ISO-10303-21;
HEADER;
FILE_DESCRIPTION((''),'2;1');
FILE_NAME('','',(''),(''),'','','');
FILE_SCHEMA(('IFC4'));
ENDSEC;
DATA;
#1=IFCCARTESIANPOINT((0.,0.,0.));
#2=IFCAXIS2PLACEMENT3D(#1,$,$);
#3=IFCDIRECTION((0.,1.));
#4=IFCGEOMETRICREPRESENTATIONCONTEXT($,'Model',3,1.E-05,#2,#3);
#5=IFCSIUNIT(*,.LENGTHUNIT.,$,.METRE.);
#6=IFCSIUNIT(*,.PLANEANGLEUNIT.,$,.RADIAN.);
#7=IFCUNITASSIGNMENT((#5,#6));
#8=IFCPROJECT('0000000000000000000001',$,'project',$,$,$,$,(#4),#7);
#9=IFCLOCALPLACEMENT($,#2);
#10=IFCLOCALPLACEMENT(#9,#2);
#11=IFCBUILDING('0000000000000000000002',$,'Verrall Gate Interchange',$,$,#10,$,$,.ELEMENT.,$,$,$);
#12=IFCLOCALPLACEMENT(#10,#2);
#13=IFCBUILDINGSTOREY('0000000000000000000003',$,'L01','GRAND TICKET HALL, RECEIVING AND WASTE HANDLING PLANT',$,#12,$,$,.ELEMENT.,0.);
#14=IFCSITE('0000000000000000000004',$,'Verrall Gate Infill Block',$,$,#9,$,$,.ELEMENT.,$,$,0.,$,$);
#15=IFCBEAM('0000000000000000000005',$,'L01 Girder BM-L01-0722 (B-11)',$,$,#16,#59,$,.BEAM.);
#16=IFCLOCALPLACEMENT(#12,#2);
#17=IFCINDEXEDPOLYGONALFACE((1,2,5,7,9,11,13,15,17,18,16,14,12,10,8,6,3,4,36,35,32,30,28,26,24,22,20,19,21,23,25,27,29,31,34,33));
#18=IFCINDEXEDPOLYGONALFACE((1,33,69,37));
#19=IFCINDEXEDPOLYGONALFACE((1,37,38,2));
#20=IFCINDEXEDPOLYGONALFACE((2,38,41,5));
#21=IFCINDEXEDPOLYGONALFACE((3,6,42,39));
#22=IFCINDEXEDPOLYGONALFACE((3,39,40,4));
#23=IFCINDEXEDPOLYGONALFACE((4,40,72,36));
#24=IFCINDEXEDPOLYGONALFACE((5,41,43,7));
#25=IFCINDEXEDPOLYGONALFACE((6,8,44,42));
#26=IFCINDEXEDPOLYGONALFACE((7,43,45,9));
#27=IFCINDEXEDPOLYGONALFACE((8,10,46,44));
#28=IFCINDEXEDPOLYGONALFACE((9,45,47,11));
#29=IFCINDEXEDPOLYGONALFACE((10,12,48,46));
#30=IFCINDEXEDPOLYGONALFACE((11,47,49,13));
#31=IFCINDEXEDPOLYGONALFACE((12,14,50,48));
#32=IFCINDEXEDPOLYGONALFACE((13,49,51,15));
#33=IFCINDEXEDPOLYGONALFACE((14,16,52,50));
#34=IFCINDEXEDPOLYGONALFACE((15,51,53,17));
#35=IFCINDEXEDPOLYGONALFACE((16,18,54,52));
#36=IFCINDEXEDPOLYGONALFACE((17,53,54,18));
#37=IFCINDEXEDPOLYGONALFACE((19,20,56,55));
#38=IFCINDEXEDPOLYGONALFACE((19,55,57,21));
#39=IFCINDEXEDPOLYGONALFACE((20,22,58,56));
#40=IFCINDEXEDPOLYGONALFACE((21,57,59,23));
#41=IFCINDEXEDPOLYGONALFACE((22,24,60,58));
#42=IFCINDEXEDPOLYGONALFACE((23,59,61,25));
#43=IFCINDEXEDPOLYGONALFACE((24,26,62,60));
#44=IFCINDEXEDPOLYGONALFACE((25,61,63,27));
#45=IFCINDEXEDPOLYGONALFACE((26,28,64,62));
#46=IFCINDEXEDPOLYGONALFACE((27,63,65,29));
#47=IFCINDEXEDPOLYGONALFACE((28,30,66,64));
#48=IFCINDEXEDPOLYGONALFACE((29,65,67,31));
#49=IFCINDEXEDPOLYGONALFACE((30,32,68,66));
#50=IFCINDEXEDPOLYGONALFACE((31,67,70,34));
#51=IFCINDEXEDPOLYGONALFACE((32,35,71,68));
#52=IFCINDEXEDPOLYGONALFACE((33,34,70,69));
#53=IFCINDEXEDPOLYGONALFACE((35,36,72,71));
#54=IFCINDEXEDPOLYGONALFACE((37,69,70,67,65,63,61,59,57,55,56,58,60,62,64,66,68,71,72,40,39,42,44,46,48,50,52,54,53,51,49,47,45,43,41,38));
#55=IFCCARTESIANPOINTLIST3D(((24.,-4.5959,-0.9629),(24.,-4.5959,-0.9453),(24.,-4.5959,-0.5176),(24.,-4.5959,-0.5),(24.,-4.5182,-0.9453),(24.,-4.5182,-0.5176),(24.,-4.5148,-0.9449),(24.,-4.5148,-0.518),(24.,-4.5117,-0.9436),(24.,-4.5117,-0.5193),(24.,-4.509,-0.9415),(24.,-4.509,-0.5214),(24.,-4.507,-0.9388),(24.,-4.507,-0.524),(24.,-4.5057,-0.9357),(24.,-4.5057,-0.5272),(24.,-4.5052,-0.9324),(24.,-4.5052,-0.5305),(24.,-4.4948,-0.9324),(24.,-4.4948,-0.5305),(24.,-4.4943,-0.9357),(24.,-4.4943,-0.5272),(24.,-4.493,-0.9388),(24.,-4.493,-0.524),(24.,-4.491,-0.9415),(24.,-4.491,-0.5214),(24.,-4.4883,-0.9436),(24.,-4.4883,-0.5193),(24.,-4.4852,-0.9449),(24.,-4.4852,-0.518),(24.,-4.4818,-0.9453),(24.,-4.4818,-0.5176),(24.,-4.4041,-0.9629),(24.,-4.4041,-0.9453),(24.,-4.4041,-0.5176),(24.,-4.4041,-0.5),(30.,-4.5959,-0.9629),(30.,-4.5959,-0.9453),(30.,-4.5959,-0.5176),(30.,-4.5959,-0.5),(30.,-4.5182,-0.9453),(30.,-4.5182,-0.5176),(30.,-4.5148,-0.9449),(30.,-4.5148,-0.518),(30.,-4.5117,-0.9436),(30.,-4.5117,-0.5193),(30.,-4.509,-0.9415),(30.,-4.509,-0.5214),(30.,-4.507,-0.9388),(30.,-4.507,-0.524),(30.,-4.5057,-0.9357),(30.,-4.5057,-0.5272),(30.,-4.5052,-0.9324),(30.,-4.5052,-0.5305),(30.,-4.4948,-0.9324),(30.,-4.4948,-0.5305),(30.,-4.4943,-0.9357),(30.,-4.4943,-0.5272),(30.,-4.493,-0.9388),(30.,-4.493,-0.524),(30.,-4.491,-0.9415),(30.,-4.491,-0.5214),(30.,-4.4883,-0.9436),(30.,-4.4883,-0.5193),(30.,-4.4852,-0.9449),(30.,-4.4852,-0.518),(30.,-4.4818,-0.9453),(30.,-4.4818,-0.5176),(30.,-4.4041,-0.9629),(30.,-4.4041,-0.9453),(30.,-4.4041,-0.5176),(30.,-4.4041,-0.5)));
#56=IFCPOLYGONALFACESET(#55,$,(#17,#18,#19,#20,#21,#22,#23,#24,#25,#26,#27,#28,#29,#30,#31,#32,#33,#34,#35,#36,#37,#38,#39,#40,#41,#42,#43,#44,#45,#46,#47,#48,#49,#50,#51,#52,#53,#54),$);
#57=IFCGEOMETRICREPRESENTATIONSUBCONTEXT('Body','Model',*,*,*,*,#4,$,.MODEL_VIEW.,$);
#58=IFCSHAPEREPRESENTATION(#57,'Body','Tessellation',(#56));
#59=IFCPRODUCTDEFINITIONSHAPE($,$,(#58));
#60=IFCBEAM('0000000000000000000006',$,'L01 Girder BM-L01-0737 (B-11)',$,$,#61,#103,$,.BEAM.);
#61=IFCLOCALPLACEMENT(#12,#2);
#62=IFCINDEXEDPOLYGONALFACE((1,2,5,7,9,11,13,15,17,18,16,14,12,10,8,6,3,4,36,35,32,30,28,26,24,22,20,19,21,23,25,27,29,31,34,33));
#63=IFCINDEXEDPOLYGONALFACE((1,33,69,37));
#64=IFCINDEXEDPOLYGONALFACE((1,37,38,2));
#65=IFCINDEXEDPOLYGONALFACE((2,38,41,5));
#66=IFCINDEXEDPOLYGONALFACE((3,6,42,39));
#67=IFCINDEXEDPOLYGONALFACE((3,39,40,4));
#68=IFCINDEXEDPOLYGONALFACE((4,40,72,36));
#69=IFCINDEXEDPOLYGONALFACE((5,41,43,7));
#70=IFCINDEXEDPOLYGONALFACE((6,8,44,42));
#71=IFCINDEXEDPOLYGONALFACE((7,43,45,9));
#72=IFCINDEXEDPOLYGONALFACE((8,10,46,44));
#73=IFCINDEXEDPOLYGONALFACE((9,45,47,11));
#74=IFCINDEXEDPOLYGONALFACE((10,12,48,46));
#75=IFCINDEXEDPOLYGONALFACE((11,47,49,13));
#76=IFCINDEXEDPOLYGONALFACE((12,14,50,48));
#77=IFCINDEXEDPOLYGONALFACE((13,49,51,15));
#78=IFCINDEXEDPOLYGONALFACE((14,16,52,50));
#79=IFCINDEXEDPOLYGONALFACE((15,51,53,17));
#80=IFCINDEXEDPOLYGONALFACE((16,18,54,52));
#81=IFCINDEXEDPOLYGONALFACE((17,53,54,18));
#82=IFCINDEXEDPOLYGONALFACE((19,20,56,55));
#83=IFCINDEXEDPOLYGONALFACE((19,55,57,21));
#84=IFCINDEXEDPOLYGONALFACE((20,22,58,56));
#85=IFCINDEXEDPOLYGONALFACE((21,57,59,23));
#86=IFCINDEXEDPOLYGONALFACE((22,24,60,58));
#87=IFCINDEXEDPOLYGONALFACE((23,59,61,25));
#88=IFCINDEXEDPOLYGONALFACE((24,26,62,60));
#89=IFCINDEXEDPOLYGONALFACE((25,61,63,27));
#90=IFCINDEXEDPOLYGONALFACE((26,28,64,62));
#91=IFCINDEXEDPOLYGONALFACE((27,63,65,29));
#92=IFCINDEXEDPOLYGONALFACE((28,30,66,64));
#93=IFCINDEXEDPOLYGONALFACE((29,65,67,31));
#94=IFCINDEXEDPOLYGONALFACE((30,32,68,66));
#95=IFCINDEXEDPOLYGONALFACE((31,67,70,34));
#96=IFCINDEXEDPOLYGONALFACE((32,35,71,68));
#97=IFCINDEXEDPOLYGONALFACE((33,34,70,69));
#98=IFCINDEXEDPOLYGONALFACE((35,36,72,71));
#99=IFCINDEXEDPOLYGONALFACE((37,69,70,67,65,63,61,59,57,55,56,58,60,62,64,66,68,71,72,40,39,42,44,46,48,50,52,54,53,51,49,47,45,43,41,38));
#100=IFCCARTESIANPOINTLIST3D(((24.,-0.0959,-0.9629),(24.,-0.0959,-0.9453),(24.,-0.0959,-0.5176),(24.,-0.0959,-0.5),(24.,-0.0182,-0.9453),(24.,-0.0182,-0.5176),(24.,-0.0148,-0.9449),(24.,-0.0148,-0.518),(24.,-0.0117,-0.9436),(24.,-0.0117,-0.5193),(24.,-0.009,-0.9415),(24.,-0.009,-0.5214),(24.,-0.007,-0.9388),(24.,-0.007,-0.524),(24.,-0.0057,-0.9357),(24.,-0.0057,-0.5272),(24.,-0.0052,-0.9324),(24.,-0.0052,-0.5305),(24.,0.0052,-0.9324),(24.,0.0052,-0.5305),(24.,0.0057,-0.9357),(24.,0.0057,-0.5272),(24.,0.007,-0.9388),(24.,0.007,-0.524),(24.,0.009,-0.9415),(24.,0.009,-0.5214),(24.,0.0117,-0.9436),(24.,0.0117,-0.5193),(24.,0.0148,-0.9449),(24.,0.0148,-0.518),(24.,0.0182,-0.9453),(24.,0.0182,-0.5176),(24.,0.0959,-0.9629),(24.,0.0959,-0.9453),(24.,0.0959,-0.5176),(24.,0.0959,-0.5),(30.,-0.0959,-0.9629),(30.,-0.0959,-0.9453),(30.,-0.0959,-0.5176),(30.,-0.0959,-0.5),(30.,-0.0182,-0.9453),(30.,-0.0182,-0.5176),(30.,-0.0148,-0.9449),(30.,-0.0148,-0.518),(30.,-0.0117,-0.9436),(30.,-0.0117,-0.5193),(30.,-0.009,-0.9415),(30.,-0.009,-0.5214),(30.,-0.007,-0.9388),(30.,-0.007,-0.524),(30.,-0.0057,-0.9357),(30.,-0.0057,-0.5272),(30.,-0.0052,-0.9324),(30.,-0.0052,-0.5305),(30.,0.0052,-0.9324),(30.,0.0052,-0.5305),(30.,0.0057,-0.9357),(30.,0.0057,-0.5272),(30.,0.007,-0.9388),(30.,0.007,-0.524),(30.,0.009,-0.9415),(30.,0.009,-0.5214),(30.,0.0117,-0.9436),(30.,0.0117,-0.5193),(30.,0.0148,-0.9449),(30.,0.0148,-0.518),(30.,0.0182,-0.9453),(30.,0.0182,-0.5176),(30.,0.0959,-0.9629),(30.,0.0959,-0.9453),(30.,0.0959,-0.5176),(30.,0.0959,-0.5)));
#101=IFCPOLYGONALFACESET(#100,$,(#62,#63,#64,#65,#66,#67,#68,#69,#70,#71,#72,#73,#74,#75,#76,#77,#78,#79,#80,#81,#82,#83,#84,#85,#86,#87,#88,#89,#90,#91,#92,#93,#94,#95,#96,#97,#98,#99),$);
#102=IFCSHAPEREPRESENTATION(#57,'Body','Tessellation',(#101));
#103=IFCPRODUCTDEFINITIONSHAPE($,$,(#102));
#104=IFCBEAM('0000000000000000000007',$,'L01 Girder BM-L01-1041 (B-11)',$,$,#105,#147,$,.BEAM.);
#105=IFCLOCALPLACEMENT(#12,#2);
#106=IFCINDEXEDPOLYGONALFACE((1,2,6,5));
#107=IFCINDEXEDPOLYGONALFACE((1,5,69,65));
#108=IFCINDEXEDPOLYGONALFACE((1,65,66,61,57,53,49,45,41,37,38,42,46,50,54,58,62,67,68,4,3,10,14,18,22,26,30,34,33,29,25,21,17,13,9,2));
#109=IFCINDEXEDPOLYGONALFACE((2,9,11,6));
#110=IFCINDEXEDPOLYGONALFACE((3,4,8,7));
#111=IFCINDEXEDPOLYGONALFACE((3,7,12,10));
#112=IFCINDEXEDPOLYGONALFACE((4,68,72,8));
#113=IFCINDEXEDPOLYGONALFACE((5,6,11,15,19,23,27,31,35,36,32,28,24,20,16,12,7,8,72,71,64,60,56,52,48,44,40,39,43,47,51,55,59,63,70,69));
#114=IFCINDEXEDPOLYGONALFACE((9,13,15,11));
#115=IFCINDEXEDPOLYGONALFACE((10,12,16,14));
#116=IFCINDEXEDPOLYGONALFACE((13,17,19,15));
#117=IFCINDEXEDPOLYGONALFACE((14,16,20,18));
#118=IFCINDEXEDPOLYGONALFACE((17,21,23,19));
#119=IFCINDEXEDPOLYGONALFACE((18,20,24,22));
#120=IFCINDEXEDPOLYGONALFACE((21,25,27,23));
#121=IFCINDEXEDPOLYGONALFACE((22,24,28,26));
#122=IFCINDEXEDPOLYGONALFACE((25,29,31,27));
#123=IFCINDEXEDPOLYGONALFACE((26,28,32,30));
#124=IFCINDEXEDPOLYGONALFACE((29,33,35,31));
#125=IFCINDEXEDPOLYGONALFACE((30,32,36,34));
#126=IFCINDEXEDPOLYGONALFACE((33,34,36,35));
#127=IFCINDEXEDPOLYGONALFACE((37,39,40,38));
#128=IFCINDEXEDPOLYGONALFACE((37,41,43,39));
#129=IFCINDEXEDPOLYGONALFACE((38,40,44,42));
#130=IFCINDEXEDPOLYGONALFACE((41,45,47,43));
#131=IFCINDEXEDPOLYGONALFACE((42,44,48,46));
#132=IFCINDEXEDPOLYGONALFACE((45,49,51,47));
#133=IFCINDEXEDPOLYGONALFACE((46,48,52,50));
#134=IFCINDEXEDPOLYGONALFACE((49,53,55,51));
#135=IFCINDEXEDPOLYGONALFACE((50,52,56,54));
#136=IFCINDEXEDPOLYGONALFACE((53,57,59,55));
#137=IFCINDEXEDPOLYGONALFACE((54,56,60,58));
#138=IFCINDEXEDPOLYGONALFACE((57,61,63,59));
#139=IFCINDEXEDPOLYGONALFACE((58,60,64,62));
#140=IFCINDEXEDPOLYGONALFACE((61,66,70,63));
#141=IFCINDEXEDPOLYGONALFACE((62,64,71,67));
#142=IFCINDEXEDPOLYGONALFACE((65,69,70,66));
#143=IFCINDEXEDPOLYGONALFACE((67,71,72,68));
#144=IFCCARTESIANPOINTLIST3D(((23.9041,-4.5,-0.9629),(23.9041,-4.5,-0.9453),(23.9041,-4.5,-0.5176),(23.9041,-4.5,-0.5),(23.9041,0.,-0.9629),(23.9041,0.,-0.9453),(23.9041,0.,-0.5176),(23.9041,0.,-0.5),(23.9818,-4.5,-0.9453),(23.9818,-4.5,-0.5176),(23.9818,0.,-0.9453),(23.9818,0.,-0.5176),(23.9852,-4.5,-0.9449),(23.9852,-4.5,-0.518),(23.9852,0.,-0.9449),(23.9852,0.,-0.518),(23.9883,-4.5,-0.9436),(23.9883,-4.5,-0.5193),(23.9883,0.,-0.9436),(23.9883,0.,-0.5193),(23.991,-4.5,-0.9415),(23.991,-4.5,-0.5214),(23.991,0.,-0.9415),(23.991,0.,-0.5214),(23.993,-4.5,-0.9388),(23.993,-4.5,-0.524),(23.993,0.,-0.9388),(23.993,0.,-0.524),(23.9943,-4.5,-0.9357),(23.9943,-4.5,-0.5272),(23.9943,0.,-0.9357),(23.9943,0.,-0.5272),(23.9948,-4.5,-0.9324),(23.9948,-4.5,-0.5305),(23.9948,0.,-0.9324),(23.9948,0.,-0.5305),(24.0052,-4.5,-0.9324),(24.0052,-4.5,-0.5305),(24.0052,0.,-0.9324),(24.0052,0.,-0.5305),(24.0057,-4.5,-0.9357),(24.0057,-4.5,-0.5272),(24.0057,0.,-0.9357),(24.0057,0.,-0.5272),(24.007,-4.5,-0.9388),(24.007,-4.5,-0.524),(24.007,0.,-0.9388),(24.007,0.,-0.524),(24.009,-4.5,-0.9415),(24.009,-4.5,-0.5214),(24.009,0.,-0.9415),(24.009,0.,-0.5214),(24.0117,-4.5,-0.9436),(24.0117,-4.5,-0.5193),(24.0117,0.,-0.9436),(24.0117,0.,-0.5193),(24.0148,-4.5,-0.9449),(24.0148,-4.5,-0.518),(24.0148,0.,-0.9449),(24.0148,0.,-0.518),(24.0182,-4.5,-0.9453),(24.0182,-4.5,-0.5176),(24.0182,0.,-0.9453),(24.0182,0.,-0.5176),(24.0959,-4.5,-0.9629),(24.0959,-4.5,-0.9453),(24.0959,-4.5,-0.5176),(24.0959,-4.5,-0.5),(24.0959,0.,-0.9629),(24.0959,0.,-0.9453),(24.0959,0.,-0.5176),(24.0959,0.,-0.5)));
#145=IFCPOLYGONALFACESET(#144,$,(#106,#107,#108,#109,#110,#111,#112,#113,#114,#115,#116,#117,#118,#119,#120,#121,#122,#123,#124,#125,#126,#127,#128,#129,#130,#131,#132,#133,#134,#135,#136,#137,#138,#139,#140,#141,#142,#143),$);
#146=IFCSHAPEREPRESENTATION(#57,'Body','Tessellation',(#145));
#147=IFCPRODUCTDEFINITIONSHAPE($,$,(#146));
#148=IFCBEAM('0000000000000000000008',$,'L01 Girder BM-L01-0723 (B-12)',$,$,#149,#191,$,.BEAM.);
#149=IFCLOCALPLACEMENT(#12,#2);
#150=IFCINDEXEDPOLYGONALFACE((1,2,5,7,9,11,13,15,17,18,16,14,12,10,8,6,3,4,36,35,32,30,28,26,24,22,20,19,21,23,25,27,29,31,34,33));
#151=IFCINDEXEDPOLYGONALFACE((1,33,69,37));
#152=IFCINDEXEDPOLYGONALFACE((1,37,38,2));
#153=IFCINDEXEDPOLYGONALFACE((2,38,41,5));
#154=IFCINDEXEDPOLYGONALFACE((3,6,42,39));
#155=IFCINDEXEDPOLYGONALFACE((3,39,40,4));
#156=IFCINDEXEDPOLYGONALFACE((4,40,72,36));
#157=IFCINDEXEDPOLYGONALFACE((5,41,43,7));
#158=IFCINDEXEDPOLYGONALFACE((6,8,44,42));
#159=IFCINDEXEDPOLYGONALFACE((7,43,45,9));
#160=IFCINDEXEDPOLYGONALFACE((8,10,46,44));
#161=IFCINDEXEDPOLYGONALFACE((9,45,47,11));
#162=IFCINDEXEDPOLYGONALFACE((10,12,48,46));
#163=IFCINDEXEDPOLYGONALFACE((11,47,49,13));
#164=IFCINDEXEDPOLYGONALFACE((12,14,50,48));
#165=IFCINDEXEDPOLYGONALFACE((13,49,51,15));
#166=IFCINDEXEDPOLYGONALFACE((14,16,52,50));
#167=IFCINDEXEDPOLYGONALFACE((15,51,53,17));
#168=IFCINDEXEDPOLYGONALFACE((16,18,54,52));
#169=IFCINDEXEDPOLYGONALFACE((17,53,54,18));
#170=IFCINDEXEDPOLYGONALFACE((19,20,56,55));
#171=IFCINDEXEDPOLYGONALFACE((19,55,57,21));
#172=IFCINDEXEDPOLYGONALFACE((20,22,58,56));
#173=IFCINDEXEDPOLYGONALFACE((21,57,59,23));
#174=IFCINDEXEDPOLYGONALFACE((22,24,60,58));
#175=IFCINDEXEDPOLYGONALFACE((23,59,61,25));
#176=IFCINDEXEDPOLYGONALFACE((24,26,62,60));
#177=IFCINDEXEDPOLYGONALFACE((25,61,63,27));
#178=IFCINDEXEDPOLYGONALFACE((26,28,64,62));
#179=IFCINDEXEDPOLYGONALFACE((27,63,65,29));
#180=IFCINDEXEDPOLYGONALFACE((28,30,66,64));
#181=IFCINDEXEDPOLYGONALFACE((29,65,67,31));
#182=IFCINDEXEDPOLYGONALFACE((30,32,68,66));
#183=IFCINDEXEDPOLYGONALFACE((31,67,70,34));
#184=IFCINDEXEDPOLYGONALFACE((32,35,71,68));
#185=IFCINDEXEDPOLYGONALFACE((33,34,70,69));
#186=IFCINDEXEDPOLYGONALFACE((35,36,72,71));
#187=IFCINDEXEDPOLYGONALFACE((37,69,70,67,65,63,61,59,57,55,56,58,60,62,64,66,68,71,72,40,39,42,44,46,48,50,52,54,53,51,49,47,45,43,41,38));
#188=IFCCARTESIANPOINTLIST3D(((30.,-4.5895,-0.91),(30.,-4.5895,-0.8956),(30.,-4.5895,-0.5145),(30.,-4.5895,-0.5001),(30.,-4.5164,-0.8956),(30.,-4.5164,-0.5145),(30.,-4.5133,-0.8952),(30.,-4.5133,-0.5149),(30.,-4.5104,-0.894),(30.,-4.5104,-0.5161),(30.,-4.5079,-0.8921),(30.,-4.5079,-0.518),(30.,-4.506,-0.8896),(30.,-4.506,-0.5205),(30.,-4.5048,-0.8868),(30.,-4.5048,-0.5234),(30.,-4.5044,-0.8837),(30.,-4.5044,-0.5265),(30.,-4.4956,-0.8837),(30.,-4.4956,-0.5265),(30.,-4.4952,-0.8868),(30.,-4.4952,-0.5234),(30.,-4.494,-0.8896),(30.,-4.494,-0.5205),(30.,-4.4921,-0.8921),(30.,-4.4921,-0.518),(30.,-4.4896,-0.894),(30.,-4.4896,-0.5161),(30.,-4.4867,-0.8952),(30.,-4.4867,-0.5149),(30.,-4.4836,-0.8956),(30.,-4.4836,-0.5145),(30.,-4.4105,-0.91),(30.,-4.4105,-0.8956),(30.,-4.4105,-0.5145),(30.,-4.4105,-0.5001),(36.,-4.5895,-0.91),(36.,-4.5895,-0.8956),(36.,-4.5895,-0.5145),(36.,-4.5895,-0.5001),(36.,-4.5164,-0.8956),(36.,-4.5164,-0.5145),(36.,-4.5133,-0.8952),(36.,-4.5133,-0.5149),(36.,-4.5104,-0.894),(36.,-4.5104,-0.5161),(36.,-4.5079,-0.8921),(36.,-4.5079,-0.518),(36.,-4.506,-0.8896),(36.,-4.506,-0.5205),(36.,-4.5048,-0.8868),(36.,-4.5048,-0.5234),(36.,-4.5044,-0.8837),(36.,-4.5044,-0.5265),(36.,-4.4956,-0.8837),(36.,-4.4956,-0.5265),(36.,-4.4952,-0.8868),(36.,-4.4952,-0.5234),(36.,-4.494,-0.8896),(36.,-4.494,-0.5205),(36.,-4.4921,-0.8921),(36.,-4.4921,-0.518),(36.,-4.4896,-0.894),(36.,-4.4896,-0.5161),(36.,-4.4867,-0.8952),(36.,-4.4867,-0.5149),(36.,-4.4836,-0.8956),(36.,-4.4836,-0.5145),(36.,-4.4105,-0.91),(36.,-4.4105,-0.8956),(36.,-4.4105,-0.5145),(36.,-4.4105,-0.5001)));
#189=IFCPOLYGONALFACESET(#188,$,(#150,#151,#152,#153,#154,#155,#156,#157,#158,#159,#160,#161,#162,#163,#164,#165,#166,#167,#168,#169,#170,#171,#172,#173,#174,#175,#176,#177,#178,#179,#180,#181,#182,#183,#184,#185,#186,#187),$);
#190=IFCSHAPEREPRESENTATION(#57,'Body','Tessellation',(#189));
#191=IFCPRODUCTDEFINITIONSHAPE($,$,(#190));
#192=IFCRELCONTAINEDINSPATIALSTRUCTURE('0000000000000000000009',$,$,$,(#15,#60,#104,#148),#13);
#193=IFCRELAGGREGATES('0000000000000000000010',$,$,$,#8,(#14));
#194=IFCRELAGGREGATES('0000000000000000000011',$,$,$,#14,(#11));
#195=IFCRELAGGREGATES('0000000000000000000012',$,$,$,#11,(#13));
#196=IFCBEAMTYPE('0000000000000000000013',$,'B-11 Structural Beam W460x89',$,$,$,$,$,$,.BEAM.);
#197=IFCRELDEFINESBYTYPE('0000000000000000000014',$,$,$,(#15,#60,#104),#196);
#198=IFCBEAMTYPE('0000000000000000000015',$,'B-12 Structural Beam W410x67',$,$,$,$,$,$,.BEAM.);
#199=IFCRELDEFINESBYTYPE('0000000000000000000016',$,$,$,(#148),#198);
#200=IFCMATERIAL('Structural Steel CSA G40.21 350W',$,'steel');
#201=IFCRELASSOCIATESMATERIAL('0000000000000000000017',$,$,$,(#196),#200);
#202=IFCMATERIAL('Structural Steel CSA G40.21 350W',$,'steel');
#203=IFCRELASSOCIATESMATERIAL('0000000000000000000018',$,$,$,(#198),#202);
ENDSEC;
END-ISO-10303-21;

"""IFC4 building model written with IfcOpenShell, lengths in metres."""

from ifc_helpers import new_model, si_unit, direction, frame, origin, origin_2d, place, context, subcontext, project, spatial, i_section, extrude, material, material_profile, profile_set, type_object, element, save


model = new_model("IFC4")

# Units and contexts
model_context = context("Model", 3, precision=1e-05, world=origin(), true_north=direction((0.0, 1.0)))
body_context = subcontext(model_context, "Body", "Model", "MODEL_VIEW")
ifc_project = project(units=[si_unit("LENGTHUNIT", "METRE"), si_unit("PLANEANGLEUNIT", "RADIAN")], contexts=[model_context])

# Site, building, storey
site_placement = place(None, origin())
site = spatial("IfcSite", under=ifc_project, at=site_placement, Name="Verrall Gate Infill Block", CompositionType="ELEMENT", RefElevation=0.0)
building_placement = place(site_placement, origin())
building = spatial("IfcBuilding", under=site, at=building_placement, Name="Verrall Gate Interchange", CompositionType="ELEMENT")
storey_placement = place(building_placement, origin())
storey = spatial("IfcBuildingStorey", under=building, at=storey_placement, Name="L01", Description="GRAND TICKET HALL, RECEIVING AND WASTE HANDLING PLANT", CompositionType="ELEMENT", Elevation=0.0)

# Beams
ifc_material_1 = material(Name="Structural Steel CSA G40.21 350W", Category="steel")
ifc_material_profile_1 = material_profile(ifc_material_1, i_section(OverallWidth=0.1919, OverallDepth=0.4629, WebThickness=0.0105, FlangeThickness=0.0176, FilletRadius=0.0129, at=origin_2d()), Name="W460x89")
ifc_profile_set_1 = profile_set([ifc_material_profile_1], Name="Structural Steel CSA G40.21 350W")
beam_type_1 = type_object("IfcBeamType", Name="B-11 Structural Beam W460x89", PredefinedType="BEAM", material=ifc_profile_set_1)
for number, where, z_axis, x_axis, name in (
    (1, (24.0, -4.5, -0.7314), (1.0, 0.0, 0.0), (0.0, 1.0, 0.0), "L01 Girder BM-L01-0722 (B-11)"),
    (2, (24.0, 0.0, -0.7314), (1.0, 0.0, 0.0), (0.0, 1.0, 0.0), "L01 Girder BM-L01-0737 (B-11)"),
):
    element("IfcBeam", number, at=place(storey_placement, frame(where, z_axis=z_axis, x_axis=x_axis)), inside=storey, type_object=beam_type_1, Name=name, PredefinedType="BEAM", context=body_context, shape_type="SweptSolid", body=[
        extrude(i_section(OverallWidth=0.1919, OverallDepth=0.4629, WebThickness=0.0105, FlangeThickness=0.0176, FilletRadius=0.0129, at=origin_2d()), origin(), (0.0, 0.0, 1.0), 6.0),
    ])
beam_1_placement = place(storey_placement, frame((24.0, -4.5, -0.7314), z_axis=(0.0, 1.0, 0.0), x_axis=(-1.0, 0.0, 0.0)))
element("IfcBeam", 3, at=beam_1_placement, inside=storey, type_object=beam_type_1, Name="L01 Girder BM-L01-1041 (B-11)", PredefinedType="BEAM", context=body_context, shape_type="SweptSolid", body=[
    extrude(i_section(OverallWidth=0.1919, OverallDepth=0.4629, WebThickness=0.0105, FlangeThickness=0.0176, FilletRadius=0.0129, at=origin_2d()), origin(), (0.0, 0.0, 1.0), 4.5),
])
ifc_material_2 = material(Name="Structural Steel CSA G40.21 350W", Category="steel")
ifc_material_profile_2 = material_profile(ifc_material_2, i_section(OverallWidth=0.179, OverallDepth=0.4099, WebThickness=0.0088, FlangeThickness=0.0144, FilletRadius=0.012, at=origin_2d()), Name="W410x67")
ifc_profile_set_2 = profile_set([ifc_material_profile_2], Name="Structural Steel CSA G40.21 350W")
beam_type_2 = type_object("IfcBeamType", Name="B-12 Structural Beam W410x67", PredefinedType="BEAM", material=ifc_profile_set_2)
for number, where, z_axis, x_axis, name in (
    (4, (30.0, -4.5, -0.7051), (1.0, 0.0, 0.0), (0.0, 1.0, 0.0), "L01 Girder BM-L01-0723 (B-12)"),
):
    element("IfcBeam", number, at=place(storey_placement, frame(where, z_axis=z_axis, x_axis=x_axis)), inside=storey, type_object=beam_type_2, Name=name, PredefinedType="BEAM", context=body_context, shape_type="SweptSolid", body=[
        extrude(i_section(OverallWidth=0.179, OverallDepth=0.4099, WebThickness=0.0088, FlangeThickness=0.0144, FilletRadius=0.012, at=origin_2d()), origin(), (0.0, 0.0, 1.0), 6.0),
    ])

save(model, "model.ifc")
